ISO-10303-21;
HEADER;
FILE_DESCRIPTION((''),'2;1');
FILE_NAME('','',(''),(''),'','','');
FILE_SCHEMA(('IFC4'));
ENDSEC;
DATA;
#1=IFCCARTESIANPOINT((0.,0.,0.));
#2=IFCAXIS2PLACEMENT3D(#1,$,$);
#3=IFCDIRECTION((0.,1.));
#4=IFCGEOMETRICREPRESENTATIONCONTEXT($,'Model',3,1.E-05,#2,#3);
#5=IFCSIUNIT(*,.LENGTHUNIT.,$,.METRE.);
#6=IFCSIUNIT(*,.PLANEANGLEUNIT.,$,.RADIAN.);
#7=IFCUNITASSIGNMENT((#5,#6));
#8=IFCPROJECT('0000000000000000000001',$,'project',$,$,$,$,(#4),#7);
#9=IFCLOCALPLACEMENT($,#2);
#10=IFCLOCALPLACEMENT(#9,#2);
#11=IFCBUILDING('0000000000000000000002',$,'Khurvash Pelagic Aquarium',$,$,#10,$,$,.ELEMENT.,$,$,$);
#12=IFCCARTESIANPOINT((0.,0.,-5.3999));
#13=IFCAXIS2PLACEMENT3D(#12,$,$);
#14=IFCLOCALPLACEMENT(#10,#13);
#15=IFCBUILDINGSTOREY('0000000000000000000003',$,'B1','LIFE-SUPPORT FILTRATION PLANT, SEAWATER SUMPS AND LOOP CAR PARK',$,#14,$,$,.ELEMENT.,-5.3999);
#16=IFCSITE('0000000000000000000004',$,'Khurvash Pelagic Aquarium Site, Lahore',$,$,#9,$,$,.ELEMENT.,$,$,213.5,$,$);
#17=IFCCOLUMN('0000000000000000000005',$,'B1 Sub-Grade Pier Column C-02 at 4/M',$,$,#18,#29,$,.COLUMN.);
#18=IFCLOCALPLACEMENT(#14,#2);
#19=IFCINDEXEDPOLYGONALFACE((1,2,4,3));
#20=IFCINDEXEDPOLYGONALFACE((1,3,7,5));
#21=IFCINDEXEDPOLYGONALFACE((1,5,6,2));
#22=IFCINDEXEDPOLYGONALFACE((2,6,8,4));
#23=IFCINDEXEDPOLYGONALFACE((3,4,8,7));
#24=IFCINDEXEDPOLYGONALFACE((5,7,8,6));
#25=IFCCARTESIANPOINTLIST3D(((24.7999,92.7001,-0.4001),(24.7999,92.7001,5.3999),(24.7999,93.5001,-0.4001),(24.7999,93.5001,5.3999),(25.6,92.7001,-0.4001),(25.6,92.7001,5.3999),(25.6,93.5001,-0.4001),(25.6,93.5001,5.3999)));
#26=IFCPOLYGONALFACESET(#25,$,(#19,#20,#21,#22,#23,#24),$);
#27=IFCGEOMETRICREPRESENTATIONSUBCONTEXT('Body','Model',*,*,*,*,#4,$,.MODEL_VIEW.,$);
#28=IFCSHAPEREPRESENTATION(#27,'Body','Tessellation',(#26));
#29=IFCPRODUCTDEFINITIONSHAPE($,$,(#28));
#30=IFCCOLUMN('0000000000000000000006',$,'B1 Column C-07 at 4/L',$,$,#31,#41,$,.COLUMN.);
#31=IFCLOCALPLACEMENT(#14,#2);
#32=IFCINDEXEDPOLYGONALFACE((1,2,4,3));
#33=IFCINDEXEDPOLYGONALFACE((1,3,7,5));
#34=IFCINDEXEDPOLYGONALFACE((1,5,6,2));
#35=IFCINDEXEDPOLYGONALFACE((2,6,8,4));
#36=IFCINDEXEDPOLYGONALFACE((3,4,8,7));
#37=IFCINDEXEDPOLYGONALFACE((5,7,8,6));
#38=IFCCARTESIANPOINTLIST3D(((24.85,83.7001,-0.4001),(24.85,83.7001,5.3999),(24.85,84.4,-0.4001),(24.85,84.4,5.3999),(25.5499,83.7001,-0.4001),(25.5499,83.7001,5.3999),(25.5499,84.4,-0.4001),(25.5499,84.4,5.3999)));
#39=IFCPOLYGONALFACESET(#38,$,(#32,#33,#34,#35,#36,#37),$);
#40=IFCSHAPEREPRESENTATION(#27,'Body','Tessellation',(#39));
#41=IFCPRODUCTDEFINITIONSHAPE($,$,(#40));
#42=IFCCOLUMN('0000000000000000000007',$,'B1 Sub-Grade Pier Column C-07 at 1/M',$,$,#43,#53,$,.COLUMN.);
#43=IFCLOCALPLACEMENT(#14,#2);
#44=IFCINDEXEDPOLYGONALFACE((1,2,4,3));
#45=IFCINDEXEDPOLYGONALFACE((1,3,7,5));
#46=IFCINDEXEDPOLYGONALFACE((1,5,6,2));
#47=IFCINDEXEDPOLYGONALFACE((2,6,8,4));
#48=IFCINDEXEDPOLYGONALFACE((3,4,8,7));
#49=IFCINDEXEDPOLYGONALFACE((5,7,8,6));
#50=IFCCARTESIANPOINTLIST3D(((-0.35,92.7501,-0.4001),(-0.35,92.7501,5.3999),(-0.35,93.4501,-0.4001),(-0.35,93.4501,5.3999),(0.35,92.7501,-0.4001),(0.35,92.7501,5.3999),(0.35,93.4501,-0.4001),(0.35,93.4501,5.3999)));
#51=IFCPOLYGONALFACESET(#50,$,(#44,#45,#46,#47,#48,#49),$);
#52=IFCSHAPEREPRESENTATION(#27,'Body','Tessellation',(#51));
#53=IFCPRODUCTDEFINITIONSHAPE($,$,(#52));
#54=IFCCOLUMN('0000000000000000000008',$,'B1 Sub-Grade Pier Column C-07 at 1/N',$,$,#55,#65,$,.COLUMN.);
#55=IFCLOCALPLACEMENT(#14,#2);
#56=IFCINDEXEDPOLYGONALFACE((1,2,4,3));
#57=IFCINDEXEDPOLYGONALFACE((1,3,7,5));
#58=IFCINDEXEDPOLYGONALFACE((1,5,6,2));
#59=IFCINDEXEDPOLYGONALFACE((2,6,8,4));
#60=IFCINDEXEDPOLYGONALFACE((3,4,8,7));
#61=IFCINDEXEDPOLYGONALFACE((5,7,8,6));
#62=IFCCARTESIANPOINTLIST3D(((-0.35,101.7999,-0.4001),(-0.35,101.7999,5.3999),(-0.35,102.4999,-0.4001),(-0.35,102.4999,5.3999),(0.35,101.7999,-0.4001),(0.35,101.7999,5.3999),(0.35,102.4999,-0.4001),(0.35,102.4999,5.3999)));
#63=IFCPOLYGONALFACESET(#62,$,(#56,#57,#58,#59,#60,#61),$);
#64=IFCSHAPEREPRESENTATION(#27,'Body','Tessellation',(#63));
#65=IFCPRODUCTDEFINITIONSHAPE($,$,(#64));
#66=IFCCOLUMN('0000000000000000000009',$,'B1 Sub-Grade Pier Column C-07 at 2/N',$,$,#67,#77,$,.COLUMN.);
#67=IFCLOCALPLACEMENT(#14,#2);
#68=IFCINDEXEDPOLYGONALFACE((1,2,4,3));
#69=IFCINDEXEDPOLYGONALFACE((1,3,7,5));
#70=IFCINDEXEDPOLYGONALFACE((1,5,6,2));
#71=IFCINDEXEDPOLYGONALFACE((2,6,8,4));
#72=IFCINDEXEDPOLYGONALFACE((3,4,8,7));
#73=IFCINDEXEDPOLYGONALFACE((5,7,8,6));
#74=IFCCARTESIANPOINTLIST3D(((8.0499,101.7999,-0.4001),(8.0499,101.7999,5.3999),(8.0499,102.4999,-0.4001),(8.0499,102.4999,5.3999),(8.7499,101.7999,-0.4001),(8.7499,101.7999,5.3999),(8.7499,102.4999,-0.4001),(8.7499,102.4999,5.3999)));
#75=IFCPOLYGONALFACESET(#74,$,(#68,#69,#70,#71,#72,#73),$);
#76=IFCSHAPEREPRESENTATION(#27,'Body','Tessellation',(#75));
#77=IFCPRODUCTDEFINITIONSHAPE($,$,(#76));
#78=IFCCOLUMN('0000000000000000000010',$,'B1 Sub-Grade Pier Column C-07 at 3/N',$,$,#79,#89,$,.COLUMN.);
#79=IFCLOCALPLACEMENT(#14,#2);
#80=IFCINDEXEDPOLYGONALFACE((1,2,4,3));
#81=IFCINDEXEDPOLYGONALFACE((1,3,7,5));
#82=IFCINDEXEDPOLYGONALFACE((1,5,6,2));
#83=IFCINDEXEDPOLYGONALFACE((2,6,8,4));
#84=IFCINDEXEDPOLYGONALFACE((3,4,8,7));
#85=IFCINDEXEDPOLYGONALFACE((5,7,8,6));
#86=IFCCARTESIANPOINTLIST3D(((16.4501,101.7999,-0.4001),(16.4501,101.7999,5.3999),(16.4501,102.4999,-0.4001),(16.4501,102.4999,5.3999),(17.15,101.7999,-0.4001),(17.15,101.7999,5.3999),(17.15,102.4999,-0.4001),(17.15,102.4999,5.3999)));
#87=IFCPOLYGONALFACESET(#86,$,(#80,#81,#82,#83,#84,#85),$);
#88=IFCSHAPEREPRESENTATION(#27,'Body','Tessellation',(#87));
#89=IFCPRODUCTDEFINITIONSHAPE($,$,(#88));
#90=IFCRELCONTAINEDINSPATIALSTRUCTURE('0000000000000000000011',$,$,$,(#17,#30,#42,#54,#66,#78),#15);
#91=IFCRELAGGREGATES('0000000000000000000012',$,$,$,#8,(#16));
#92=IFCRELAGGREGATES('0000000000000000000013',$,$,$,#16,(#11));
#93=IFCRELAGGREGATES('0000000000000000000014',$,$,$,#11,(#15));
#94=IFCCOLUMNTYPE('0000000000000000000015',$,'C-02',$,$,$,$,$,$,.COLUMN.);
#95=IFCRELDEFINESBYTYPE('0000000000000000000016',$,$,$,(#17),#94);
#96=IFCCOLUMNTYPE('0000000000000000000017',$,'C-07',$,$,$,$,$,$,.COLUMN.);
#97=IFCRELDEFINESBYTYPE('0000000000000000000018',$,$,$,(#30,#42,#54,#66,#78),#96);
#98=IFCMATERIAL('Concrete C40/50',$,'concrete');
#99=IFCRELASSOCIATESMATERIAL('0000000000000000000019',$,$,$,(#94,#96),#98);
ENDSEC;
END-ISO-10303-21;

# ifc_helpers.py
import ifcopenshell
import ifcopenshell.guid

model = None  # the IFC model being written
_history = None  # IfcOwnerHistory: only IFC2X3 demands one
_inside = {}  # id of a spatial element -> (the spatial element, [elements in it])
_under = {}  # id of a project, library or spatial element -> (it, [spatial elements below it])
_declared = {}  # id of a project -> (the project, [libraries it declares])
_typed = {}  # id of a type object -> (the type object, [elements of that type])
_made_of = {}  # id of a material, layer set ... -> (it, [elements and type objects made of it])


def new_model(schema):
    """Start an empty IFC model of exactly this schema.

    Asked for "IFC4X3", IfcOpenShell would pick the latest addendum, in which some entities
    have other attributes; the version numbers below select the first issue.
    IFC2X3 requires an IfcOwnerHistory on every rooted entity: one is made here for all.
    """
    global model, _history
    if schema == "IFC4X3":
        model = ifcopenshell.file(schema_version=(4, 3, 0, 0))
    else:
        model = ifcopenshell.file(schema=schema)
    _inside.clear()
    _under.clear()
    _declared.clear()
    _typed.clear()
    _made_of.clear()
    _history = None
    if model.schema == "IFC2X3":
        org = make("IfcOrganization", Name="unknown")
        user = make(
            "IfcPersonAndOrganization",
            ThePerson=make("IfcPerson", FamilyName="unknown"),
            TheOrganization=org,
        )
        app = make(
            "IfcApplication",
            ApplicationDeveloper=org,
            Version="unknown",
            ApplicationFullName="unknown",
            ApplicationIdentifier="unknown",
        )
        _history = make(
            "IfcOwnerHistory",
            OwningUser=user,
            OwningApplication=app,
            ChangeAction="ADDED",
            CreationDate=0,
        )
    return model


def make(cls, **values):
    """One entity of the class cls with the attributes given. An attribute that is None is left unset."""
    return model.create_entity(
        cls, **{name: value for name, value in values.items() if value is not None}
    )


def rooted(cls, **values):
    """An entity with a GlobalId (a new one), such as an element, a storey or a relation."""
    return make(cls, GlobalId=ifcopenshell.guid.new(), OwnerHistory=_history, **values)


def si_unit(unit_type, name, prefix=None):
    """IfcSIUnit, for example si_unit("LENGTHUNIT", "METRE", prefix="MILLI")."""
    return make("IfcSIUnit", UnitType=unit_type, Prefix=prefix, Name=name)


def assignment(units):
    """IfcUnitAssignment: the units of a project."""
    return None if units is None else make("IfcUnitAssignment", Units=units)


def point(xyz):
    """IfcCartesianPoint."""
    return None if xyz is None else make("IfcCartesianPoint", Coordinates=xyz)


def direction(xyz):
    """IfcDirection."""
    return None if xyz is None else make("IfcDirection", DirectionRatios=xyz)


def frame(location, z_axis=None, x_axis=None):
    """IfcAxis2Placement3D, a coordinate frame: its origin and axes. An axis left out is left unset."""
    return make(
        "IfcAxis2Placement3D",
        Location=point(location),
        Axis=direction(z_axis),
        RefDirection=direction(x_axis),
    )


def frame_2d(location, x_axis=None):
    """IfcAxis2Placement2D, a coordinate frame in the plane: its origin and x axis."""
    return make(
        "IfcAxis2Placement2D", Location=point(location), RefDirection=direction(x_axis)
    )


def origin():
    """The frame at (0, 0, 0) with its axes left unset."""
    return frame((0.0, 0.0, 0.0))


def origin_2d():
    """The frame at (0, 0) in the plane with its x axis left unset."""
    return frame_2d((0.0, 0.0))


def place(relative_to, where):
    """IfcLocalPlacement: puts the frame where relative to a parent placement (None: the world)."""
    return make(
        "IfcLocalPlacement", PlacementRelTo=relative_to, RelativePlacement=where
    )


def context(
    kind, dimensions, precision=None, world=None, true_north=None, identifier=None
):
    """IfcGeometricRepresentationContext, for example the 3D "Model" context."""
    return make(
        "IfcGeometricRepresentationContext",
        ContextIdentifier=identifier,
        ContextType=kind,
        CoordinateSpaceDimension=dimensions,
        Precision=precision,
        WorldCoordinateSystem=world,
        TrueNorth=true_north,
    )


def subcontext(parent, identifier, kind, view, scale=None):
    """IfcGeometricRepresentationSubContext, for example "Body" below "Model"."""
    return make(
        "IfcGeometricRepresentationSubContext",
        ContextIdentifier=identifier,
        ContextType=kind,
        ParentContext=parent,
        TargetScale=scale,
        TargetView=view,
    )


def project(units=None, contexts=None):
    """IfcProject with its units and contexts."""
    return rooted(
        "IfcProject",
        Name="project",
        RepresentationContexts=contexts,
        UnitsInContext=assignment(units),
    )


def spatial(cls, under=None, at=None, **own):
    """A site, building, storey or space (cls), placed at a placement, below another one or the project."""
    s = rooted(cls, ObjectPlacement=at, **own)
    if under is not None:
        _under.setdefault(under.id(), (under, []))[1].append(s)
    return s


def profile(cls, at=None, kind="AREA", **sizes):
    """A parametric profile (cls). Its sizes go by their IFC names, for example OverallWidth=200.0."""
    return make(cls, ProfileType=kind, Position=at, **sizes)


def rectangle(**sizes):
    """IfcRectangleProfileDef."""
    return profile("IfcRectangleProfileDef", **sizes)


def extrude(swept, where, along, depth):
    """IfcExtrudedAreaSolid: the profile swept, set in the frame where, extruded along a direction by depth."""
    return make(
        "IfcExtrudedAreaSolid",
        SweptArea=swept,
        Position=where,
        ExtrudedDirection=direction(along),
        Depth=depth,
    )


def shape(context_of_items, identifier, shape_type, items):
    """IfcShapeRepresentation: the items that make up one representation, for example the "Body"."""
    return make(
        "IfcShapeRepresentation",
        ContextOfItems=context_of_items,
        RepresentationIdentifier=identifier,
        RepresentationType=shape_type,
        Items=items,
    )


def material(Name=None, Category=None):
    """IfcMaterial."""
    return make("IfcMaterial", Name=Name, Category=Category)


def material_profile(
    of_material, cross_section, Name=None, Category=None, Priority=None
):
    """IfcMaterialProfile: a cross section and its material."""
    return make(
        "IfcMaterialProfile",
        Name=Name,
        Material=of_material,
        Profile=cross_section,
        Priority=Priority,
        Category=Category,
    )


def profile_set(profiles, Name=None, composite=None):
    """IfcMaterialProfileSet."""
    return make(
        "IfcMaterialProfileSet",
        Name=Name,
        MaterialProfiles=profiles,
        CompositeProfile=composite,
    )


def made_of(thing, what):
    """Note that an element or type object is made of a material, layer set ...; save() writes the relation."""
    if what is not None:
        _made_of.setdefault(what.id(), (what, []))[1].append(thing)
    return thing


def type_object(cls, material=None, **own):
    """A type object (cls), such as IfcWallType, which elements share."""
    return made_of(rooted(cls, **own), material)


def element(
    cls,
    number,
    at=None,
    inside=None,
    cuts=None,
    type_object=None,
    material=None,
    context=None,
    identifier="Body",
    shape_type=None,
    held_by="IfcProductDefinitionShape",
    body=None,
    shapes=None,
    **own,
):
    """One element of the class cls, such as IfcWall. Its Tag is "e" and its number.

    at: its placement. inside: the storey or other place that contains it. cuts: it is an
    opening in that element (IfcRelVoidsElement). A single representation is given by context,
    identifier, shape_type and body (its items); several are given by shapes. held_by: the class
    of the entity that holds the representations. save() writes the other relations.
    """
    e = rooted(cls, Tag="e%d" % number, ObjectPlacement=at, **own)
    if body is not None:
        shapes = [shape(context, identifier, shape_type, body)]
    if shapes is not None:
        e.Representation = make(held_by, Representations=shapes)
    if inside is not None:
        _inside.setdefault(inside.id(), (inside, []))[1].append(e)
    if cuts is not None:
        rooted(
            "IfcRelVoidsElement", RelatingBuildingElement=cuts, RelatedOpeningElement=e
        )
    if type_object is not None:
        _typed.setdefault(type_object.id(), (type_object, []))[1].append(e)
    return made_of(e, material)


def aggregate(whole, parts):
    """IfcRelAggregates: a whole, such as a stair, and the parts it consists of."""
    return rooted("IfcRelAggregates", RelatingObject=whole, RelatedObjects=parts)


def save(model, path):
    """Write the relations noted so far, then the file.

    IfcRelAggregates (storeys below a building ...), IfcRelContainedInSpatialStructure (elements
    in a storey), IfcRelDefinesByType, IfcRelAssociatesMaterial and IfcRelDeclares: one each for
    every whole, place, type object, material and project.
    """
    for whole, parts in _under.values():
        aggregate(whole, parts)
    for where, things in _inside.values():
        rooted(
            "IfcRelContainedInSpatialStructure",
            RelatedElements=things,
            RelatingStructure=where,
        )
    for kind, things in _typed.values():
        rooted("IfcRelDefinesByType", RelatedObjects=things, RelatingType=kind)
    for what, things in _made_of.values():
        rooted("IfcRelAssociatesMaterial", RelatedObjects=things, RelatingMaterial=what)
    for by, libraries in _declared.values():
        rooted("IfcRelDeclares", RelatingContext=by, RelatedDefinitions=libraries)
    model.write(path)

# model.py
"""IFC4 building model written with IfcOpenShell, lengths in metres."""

from ifc_helpers import new_model, si_unit, direction, frame, origin, origin_2d, place, context, subcontext, project, spatial, rectangle, extrude, material, material_profile, profile_set, type_object, element, save


model = new_model("IFC4")

# Units and contexts
model_context = context("Model", 3, precision=1e-05, world=origin(), true_north=direction((0.0, 1.0)))
body_context = subcontext(model_context, "Body", "Model", "MODEL_VIEW")
ifc_project = project(units=[si_unit("LENGTHUNIT", "METRE"), si_unit("PLANEANGLEUNIT", "RADIAN")], contexts=[model_context])

# Site, building, storey
site_placement = place(None, origin())
site = spatial("IfcSite", under=ifc_project, at=site_placement, Name="Khurvash Pelagic Aquarium Site, Lahore", CompositionType="ELEMENT", RefElevation=213.5)
building_placement = place(site_placement, origin())
building = spatial("IfcBuilding", under=site, at=building_placement, Name="Khurvash Pelagic Aquarium", CompositionType="ELEMENT")
storey_placement = place(building_placement, frame((0.0, 0.0, -5.3999)))
storey = spatial("IfcBuildingStorey", under=building, at=storey_placement, Name="B1", Description="LIFE-SUPPORT FILTRATION PLANT, SEAWATER SUMPS AND LOOP CAR PARK", CompositionType="ELEMENT", Elevation=-5.3999)

# Columns
ifc_material_1 = material(Name="Concrete C40/50", Category="concrete")
ifc_material_profile_1 = material_profile(ifc_material_1, rectangle(XDim=0.8, YDim=0.8, at=origin_2d()), Name="RC800X800")
ifc_profile_set_1 = profile_set([ifc_material_profile_1], Name="Concrete C40/50")
column_type_1 = type_object("IfcColumnType", Name="C-02", PredefinedType="COLUMN", material=ifc_profile_set_1)
for number, where, z_axis, x_axis, name in (
    (1, (25.2, 93.1001, -0.4001), (0.0, 0.0, 1.0), (1.0, 0.0, 0.0), "B1 Sub-Grade Pier Column C-02 at 4/M"),
):
    element("IfcColumn", number, at=place(storey_placement, frame(where, z_axis=z_axis, x_axis=x_axis)), inside=storey, type_object=column_type_1, Name=name, PredefinedType="COLUMN", context=body_context, shape_type="SweptSolid", body=[
        extrude(rectangle(XDim=0.8, YDim=0.8, at=origin_2d()), origin(), (0.0, 0.0, 1.0), 5.8),
    ])
ifc_material_profile_2 = material_profile(ifc_material_1, rectangle(XDim=0.7, YDim=0.7, at=origin_2d()), Name="RC700X700")
ifc_profile_set_2 = profile_set([ifc_material_profile_2], Name="Concrete C40/50")
column_type_2 = type_object("IfcColumnType", Name="C-07", PredefinedType="COLUMN", material=ifc_profile_set_2)
for number, where, z_axis, x_axis, name in (
    (2, (25.2, 84.05, -0.4001), (0.0, 0.0, 1.0), (1.0, 0.0, 0.0), "B1 Column C-07 at 4/L"),
    (3, (0.0, 93.1001, -0.4001), (0.0, 0.0, 1.0), (1.0, 0.0, 0.0), "B1 Sub-Grade Pier Column C-07 at 1/M"),
    (4, (0.0, 102.1499, -0.4001), (0.0, 0.0, 1.0), (1.0, 0.0, 0.0), "B1 Sub-Grade Pier Column C-07 at 1/N"),
    (5, (8.3999, 102.1499, -0.4001), (0.0, 0.0, 1.0), (1.0, 0.0, 0.0), "B1 Sub-Grade Pier Column C-07 at 2/N"),
    (6, (16.8, 102.1499, -0.4001), (0.0, 0.0, 1.0), (1.0, 0.0, 0.0), "B1 Sub-Grade Pier Column C-07 at 3/N"),
):
    element("IfcColumn", number, at=place(storey_placement, frame(where, z_axis=z_axis, x_axis=x_axis)), inside=storey, type_object=column_type_2, Name=name, PredefinedType="COLUMN", context=body_context, shape_type="SweptSolid", body=[
        extrude(rectangle(XDim=0.7, YDim=0.7, at=origin_2d()), origin(), (0.0, 0.0, 1.0), 5.8),
    ])

save(model, "model.ifc")
